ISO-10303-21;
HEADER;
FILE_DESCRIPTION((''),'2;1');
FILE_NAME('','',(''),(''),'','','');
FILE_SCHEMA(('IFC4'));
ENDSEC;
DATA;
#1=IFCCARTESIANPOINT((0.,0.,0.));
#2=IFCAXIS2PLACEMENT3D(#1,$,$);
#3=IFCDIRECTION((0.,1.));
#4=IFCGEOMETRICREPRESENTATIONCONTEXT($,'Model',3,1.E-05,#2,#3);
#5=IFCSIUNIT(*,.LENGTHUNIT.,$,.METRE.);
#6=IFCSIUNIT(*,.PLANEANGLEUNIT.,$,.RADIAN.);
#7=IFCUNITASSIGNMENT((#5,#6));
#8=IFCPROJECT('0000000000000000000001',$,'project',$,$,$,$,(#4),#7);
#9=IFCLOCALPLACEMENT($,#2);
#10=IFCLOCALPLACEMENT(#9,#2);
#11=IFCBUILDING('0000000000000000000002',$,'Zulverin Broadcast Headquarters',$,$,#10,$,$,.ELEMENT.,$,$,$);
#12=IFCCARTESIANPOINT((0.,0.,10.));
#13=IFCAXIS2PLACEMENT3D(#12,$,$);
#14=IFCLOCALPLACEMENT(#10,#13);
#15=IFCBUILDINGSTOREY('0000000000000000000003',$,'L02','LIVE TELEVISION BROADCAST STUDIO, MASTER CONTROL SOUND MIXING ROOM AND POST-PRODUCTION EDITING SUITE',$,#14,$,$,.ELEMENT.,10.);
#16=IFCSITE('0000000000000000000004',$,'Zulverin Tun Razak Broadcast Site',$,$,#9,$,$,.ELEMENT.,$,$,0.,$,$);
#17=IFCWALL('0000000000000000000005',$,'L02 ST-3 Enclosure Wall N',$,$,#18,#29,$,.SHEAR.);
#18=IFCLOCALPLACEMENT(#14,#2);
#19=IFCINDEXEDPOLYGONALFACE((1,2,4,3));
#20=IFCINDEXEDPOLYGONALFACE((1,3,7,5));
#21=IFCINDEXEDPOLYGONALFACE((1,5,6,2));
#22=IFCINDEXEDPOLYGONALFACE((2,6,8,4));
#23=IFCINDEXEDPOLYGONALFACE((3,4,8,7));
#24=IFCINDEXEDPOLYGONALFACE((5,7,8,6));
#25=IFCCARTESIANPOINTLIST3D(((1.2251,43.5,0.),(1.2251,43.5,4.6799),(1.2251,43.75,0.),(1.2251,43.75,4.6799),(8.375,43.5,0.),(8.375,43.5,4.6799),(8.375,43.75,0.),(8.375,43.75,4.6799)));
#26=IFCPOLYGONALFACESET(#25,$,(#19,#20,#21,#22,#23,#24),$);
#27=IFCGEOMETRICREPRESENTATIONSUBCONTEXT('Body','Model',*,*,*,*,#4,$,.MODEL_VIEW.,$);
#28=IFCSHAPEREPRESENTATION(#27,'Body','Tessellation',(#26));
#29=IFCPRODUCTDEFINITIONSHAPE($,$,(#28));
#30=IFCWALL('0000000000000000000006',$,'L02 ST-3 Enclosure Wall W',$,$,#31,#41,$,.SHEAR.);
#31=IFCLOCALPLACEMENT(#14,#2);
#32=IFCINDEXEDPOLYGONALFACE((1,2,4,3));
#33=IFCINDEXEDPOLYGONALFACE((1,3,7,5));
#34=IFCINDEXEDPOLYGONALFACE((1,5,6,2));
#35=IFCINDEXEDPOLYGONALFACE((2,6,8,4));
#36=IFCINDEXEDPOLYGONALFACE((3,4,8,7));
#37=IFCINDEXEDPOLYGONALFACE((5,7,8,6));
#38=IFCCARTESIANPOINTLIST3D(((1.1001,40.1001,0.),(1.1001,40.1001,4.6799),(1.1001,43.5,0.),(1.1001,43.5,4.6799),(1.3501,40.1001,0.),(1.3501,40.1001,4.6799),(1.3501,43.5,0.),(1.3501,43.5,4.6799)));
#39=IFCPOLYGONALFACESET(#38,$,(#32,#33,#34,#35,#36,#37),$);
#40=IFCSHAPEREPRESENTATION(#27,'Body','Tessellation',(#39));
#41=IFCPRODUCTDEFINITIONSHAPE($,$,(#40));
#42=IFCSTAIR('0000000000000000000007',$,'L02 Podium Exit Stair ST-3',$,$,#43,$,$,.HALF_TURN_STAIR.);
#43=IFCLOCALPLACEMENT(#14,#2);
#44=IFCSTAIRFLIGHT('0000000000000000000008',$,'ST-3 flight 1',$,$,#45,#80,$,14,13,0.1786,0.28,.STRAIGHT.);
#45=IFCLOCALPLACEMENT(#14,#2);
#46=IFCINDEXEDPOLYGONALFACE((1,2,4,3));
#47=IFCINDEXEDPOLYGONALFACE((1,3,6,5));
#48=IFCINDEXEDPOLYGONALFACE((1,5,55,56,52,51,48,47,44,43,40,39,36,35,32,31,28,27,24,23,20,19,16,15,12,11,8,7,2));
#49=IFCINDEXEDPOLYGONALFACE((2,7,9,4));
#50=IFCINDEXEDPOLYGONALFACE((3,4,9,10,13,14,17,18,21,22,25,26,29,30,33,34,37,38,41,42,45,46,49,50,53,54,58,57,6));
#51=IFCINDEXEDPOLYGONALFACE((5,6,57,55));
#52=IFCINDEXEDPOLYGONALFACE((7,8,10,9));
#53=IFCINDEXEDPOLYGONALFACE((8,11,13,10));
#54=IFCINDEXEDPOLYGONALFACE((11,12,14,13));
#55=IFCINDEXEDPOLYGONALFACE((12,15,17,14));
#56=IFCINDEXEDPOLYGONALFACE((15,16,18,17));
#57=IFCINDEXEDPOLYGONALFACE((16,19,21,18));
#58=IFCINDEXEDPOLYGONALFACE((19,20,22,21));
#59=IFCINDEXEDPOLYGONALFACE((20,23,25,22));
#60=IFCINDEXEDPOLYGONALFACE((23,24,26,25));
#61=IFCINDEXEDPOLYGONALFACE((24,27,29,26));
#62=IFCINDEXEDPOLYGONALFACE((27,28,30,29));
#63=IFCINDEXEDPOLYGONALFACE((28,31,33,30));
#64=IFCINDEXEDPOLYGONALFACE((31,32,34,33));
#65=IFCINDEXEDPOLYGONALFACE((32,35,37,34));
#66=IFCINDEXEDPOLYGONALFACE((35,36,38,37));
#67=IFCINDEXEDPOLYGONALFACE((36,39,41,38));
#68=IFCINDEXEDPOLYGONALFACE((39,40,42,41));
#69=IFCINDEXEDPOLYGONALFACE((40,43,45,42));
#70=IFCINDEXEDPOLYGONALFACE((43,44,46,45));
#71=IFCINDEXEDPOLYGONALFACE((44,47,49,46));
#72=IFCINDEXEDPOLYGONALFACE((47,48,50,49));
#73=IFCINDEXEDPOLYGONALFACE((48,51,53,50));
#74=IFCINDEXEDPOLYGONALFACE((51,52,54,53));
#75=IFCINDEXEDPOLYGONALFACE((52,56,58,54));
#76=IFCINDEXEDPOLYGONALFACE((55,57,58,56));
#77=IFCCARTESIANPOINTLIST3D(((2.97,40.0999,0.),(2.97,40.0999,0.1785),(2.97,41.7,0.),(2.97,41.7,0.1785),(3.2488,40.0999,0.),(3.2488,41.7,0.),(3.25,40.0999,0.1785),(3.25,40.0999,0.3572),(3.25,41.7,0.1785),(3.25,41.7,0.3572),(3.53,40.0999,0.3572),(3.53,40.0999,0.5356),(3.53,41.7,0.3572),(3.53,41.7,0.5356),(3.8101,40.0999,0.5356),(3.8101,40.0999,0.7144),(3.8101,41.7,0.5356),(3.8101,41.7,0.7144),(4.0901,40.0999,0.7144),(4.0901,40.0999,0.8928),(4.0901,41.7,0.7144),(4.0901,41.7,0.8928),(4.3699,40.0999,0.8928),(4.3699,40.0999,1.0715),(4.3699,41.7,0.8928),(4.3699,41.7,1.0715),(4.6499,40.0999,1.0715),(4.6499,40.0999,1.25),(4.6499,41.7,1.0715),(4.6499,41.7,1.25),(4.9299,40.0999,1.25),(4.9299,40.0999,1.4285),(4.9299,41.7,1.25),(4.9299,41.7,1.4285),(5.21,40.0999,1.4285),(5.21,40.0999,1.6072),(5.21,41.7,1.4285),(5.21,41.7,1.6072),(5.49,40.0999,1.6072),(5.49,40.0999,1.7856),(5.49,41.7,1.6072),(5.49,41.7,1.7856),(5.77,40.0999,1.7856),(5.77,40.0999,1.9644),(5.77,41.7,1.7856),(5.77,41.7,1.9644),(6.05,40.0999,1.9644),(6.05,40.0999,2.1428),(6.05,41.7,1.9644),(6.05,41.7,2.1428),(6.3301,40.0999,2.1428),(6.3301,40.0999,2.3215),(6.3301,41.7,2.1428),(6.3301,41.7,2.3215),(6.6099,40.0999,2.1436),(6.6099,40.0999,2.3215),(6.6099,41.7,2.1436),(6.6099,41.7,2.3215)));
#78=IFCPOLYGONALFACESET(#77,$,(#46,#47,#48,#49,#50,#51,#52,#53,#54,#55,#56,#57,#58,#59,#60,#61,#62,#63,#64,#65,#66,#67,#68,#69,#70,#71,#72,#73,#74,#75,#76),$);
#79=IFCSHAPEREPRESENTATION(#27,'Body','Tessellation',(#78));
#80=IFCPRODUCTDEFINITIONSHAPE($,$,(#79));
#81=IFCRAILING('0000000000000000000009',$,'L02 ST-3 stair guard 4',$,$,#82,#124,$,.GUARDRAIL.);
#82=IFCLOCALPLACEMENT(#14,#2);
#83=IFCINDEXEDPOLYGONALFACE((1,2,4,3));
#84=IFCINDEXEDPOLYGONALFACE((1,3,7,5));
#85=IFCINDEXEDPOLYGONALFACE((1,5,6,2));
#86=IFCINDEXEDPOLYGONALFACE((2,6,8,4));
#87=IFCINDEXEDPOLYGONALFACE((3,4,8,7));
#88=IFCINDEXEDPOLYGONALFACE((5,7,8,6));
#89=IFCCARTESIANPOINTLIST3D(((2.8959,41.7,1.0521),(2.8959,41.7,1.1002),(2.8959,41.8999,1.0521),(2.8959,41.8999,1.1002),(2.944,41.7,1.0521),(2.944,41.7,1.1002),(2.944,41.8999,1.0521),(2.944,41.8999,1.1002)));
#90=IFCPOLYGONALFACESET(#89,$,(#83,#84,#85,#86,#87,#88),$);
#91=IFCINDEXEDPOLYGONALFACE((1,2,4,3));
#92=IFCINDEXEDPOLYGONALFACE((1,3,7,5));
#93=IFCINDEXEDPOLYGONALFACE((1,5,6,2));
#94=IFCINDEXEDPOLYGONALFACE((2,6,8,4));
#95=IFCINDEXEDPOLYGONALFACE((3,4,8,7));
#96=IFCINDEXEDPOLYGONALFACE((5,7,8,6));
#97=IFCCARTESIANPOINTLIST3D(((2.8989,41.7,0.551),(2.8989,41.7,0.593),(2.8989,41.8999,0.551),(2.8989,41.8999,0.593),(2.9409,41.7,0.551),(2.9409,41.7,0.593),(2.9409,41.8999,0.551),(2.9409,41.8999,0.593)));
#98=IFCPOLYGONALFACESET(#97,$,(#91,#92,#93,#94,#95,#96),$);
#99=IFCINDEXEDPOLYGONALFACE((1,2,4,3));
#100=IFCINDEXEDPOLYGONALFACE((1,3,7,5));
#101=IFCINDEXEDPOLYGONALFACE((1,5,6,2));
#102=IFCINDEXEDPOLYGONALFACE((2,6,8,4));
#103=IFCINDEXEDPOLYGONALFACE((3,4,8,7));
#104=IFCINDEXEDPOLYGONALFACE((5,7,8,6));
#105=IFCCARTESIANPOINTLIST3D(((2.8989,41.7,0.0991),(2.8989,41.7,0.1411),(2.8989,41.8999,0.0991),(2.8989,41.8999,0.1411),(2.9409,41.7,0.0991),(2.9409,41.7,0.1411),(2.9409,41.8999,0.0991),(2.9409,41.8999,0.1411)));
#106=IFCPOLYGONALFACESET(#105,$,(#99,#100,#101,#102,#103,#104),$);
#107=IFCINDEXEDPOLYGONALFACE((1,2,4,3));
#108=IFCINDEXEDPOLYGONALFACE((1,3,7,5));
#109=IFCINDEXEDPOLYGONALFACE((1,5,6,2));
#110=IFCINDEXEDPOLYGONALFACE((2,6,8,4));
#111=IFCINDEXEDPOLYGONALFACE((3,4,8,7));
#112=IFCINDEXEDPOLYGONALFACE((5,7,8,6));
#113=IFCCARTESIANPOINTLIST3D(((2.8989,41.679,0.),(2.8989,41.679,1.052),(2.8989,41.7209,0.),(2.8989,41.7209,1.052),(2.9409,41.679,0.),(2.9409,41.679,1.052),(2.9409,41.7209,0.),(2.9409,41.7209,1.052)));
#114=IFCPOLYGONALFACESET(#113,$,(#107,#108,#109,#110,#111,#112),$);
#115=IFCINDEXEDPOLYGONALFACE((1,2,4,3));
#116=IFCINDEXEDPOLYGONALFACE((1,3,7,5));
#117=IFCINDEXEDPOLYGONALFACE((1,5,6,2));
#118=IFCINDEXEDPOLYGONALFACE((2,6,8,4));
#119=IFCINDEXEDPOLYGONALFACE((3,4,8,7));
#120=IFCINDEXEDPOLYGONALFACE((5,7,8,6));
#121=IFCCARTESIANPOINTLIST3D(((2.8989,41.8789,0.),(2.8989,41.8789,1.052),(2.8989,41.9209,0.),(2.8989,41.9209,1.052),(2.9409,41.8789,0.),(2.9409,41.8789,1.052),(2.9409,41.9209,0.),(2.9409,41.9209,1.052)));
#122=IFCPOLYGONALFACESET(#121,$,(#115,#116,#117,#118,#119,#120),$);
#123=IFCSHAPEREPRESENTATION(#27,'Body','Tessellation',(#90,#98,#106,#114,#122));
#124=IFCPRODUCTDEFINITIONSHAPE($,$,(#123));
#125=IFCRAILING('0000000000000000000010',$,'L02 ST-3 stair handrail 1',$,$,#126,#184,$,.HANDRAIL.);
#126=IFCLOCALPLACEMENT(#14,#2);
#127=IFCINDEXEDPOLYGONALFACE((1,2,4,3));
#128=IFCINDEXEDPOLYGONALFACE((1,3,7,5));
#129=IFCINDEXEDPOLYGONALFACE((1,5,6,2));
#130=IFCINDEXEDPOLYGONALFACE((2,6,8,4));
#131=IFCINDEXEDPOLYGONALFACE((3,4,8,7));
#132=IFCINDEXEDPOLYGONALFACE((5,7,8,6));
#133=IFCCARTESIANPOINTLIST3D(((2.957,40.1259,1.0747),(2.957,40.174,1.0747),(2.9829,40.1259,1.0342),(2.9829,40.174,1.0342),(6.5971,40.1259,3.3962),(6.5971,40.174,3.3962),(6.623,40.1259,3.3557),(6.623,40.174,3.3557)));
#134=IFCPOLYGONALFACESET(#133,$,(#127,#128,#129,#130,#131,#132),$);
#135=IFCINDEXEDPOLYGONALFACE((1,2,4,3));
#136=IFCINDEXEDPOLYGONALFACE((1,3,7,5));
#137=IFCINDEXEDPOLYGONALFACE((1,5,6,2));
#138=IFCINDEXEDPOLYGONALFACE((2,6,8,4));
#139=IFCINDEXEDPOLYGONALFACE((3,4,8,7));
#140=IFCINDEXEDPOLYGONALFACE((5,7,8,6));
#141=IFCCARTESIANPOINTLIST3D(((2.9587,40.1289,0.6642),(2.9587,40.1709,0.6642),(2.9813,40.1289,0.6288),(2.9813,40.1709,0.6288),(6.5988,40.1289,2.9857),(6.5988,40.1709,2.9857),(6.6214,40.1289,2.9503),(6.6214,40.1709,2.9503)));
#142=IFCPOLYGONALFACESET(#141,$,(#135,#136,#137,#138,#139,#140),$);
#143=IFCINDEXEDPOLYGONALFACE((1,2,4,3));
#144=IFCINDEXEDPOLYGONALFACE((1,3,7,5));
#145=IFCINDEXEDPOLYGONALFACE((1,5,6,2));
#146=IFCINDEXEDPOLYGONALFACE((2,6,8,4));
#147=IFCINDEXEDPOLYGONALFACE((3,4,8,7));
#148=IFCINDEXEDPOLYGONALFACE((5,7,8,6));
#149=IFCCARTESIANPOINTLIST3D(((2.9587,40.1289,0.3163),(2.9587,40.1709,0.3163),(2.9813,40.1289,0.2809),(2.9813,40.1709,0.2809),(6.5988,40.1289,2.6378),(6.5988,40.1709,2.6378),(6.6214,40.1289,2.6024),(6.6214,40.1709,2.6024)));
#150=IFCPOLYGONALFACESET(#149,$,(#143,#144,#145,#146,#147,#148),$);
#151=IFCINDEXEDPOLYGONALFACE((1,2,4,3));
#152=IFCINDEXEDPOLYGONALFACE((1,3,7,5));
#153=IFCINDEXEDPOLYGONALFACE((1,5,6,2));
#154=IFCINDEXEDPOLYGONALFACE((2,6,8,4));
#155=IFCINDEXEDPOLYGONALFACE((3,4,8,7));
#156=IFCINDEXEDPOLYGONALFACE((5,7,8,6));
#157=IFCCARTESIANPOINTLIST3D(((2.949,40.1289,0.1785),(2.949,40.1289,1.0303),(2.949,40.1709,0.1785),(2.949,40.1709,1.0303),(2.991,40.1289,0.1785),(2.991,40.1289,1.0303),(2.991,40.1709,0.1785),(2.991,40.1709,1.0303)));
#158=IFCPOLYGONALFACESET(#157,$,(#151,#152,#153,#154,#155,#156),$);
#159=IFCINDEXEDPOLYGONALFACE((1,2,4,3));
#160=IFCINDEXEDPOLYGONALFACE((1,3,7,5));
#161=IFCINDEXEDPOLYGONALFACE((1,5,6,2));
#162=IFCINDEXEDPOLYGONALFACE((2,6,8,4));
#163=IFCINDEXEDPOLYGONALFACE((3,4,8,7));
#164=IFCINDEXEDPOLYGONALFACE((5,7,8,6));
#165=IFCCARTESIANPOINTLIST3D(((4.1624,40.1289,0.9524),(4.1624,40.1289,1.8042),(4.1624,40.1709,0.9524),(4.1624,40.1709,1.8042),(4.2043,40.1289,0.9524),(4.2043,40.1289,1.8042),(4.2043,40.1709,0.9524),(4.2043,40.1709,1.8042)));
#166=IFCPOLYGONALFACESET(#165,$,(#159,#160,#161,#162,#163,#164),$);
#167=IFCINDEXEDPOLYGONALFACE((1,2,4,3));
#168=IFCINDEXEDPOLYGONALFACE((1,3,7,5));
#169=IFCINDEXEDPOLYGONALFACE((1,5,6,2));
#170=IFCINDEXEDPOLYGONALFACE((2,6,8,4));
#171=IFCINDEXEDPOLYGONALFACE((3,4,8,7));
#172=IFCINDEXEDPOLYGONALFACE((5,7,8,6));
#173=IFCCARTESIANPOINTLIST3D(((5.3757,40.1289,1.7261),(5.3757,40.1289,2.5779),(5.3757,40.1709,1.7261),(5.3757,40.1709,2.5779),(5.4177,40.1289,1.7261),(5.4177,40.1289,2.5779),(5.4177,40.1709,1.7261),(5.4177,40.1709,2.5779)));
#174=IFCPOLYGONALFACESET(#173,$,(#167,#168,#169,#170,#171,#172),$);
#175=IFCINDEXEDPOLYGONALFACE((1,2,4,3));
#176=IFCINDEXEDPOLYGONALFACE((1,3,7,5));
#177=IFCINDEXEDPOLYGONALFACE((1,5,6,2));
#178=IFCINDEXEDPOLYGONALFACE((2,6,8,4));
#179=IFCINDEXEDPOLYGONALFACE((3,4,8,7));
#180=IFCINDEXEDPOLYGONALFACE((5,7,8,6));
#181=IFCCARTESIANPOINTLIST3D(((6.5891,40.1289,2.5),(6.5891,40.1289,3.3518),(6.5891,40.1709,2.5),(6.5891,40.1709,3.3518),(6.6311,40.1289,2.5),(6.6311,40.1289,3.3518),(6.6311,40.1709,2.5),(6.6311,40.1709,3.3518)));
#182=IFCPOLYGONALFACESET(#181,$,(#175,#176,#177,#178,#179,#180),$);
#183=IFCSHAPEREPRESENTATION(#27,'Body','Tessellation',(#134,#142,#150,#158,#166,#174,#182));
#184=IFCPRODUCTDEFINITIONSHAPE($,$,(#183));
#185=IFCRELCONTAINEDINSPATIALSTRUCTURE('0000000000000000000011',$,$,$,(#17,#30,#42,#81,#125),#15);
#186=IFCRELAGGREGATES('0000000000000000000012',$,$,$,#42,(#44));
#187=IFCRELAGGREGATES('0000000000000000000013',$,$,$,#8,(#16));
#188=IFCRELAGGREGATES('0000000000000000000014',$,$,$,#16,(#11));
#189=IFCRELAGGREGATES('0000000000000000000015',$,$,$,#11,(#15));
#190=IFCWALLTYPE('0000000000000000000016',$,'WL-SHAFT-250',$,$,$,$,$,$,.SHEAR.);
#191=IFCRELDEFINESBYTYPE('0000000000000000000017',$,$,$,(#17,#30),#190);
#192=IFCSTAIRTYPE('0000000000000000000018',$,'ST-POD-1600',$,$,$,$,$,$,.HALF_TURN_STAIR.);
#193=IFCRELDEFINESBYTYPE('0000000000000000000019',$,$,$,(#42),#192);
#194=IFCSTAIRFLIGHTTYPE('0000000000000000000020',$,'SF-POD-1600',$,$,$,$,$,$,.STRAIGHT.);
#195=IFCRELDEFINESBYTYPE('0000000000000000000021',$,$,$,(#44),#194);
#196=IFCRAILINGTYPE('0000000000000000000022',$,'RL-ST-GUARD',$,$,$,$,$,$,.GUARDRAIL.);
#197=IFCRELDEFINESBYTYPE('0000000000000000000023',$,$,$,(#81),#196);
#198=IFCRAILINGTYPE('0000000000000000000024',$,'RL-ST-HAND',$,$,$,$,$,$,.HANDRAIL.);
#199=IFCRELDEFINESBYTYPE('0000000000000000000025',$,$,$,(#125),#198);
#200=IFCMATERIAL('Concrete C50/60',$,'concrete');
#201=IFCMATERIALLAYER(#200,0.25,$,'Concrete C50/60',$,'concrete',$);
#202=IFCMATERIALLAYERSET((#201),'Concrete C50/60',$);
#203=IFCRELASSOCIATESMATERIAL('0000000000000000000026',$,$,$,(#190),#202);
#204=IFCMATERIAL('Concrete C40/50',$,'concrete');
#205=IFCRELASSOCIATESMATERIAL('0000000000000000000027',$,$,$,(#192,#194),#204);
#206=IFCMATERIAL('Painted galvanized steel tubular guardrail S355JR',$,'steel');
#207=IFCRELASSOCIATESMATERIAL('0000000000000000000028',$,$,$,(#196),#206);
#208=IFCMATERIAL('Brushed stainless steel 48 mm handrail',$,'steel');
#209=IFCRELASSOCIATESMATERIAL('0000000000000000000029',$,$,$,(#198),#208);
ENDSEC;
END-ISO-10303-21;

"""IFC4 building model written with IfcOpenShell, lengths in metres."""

from ifc_helpers import new_model, si_unit, direction, frame, frame_2d, origin, origin_2d, place, context, subcontext, project, spatial, polyline, rectangle, outline, extrude, material, layer, layer_set, type_object, element, aggregate, save


model = new_model("IFC4")

# Units and contexts
model_context = context("Model", 3, precision=1e-05, world=origin(), true_north=direction((0.0, 1.0)))
body_context = subcontext(model_context, "Body", "Model", "MODEL_VIEW")
ifc_project = project(units=[si_unit("LENGTHUNIT", "METRE"), si_unit("PLANEANGLEUNIT", "RADIAN")], contexts=[model_context])

# Site, building, storey
site_placement = place(None, origin())
site = spatial("IfcSite", under=ifc_project, at=site_placement, Name="Zulverin Tun Razak Broadcast Site", CompositionType="ELEMENT", RefElevation=0.0)
building_placement = place(site_placement, origin())
building = spatial("IfcBuilding", under=site, at=building_placement, Name="Zulverin Broadcast Headquarters", CompositionType="ELEMENT")
storey_placement = place(building_placement, frame((0.0, 0.0, 10.0)))
storey = spatial("IfcBuildingStorey", under=building, at=storey_placement, Name="L02", Description="LIVE TELEVISION BROADCAST STUDIO, MASTER CONTROL SOUND MIXING ROOM AND POST-PRODUCTION EDITING SUITE", CompositionType="ELEMENT", Elevation=10.0)

# Shared definitions
ifc_material_1 = material(Name="Concrete C50/60", Category="concrete")
ifc_layer_1 = layer(ifc_material_1, 0.25, Name="Concrete C50/60", Category="concrete")
ifc_layer_set_1 = layer_set([ifc_layer_1], Name="Concrete C50/60")
wall_type_1 = type_object("IfcWallType", Name="WL-SHAFT-250", PredefinedType="SHEAR", material=ifc_layer_set_1)

# Walls
wall_1_placement = place(storey_placement, frame((1.2251, 43.625, 0.0), z_axis=(0.0, 0.0, 1.0), x_axis=(1.0, 0.0, 0.0)))
element("IfcWall", 1, at=wall_1_placement, inside=storey, type_object=wall_type_1, Name="L02 ST-3 Enclosure Wall N", PredefinedType="SHEAR", context=body_context, shape_type="SweptSolid", body=[
    extrude(rectangle(XDim=7.1499, YDim=0.25, at=frame_2d((3.575, 0.0))), origin(), (0.0, 0.0, 1.0), 4.6799),
])
wall_2_placement = place(storey_placement, frame((1.2251, 40.1001, 0.0), z_axis=(0.0, 0.0, 1.0), x_axis=(0.0, 1.0, 0.0)))
element("IfcWall", 2, at=wall_2_placement, inside=storey, type_object=wall_type_1, Name="L02 ST-3 Enclosure Wall W", PredefinedType="SHEAR", context=body_context, shape_type="SweptSolid", body=[
    extrude(rectangle(XDim=3.3999, YDim=0.25, at=frame_2d((1.7, 0.0))), origin(), (0.0, 0.0, 1.0), 4.6799),
])

# Stair, stair flight
ifc_material_2 = material(Name="Concrete C40/50", Category="concrete")
stair_type = type_object("IfcStairType", Name="ST-POD-1600", PredefinedType="HALF_TURN_STAIR", material=ifc_material_2)
stair_placement = place(storey_placement, origin())
stair = element("IfcStair", 3, at=stair_placement, inside=storey, type_object=stair_type, Name="L02 Podium Exit Stair ST-3", PredefinedType="HALF_TURN_STAIR")
stair_flight_type = type_object("IfcStairFlightType", Name="SF-POD-1600", PredefinedType="STRAIGHT", material=ifc_material_2)
stair_flight_placement = place(storey_placement, frame((2.97, 40.8999, 0.0), z_axis=(0.0, 0.0, 1.0), x_axis=(1.0, 0.0, 0.0)))
stair_flight = element("IfcStairFlight", 4, at=stair_flight_placement, type_object=stair_flight_type, Name="ST-3 flight 1", NumberOfRisers=14, NumberOfTreads=13, PredefinedType="STRAIGHT", RiserHeight=0.1786, TreadLength=0.28, context=body_context, shape_type="SweptSolid", body=[
    extrude(outline(polyline([(0.0, 0.0), (0.0, 0.1785), (0.28, 0.1785), (0.28, 0.3572), (0.5601, 0.3572), (0.5601, 0.5356), (0.8401, 0.5356), (0.8401, 0.7144), (1.1201, 0.7144), (1.1201, 0.8928), (1.3999, 0.8928), (1.3999, 1.0715), (1.6799, 1.0715), (1.6799, 1.25), (1.96, 1.25), (1.96, 1.4285), (2.24, 1.4285), (2.24, 1.6072), (2.52, 1.6072), (2.52, 1.7856), (2.8, 1.7856), (2.8, 1.9644), (3.0801, 1.9644), (3.0801, 2.1428), (3.3601, 2.1428), (3.3601, 2.3215), (3.6399, 2.3215), (3.6399, 2.5), (3.6399, 2.1436), (0.2788, 0.0), (0.0, 0.0)])), frame((0.0, 0.8, 0.0), z_axis=(0.0, -1.0, 0.0), x_axis=(1.0, 0.0, 0.0)), (0.0, 0.0, 1.0), 1.6001),
])
aggregate(stair, [stair_flight])

# Railings
ifc_material_3 = material(Name="Painted galvanized steel tubular guardrail S355JR", Category="steel")
railing_type_1 = type_object("IfcRailingType", Name="RL-ST-GUARD", PredefinedType="GUARDRAIL", material=ifc_material_3)
railing_1_placement = place(storey_placement, frame((2.9199, 41.7, 0.0)))
element("IfcRailing", 5, at=railing_1_placement, inside=storey, type_object=railing_type_1, Name="L02 ST-3 stair guard 4", PredefinedType="GUARDRAIL", context=body_context, shape_type="SweptSolid", body=[
    extrude(rectangle(XDim=0.0481, YDim=0.0481, at=origin_2d()), frame((0.0, 0.0, 1.0762), z_axis=(0.0, 1.0, 0.0), x_axis=(-1.0, 0.0, 0.0)), (0.0, 0.0, 1.0), 0.2),
    extrude(rectangle(XDim=0.042, YDim=0.042, at=origin_2d()), frame((0.0, 0.0, 0.572), z_axis=(0.0, 1.0, 0.0), x_axis=(-1.0, 0.0, 0.0)), (0.0, 0.0, 1.0), 0.2),
    extrude(rectangle(XDim=0.042, YDim=0.042, at=origin_2d()), frame((0.0, 0.0, 0.1201), z_axis=(0.0, 1.0, 0.0), x_axis=(-1.0, 0.0, 0.0)), (0.0, 0.0, 1.0), 0.2),
    extrude(rectangle(XDim=0.042, YDim=0.042, at=origin_2d()), origin(), (0.0, 0.0, 1.0), 1.052),
    extrude(rectangle(XDim=0.042, YDim=0.042, at=origin_2d()), frame((0.0, 0.2, 0.0)), (0.0, 0.0, 1.0), 1.052),
])
ifc_material_4 = material(Name="Brushed stainless steel 48 mm handrail", Category="steel")
railing_type_2 = type_object("IfcRailingType", Name="RL-ST-HAND", PredefinedType="HANDRAIL", material=ifc_material_4)
railing_2_placement = place(storey_placement, frame((2.97, 40.1499, 0.1785)))
element("IfcRailing", 6, at=railing_2_placement, inside=storey, type_object=railing_type_2, Name="L02 ST-3 stair handrail 1", PredefinedType="HANDRAIL", context=body_context, shape_type="SweptSolid", body=[
    extrude(rectangle(XDim=0.0481, YDim=0.0481, at=origin_2d()), frame((0.0, 0.0, 0.876), z_axis=(0.843128, 0.0, 0.537713), x_axis=(0.0, 1.0, 0.0)), (0.0, 0.0, 1.0), 4.3174),
    extrude(rectangle(XDim=0.042, YDim=0.042, at=origin_2d()), frame((0.0, 0.0, 0.468), z_axis=(0.843128, 0.0, 0.537713), x_axis=(0.0, 1.0, 0.0)), (0.0, 0.0, 1.0), 4.3174),
    extrude(rectangle(XDim=0.042, YDim=0.042, at=origin_2d()), frame((0.0, 0.0, 0.1201), z_axis=(0.843128, 0.0, 0.537713), x_axis=(0.0, 1.0, 0.0)), (0.0, 0.0, 1.0), 4.3174),
    extrude(rectangle(XDim=0.042, YDim=0.042, at=origin_2d()), origin(), (0.0, 0.0, 1.0), 0.8518),
    extrude(rectangle(XDim=0.042, YDim=0.042, at=origin_2d()), frame((1.2134, 0.0, 0.7739)), (0.0, 0.0, 1.0), 0.8518),
    extrude(rectangle(XDim=0.042, YDim=0.042, at=origin_2d()), frame((2.4268, 0.0, 1.5476)), (0.0, 0.0, 1.0), 0.8518),
    extrude(rectangle(XDim=0.042, YDim=0.042, at=origin_2d()), frame((3.6401, 0.0, 2.3215)), (0.0, 0.0, 1.0), 0.8518),
])

save(model, "model.ifc")
